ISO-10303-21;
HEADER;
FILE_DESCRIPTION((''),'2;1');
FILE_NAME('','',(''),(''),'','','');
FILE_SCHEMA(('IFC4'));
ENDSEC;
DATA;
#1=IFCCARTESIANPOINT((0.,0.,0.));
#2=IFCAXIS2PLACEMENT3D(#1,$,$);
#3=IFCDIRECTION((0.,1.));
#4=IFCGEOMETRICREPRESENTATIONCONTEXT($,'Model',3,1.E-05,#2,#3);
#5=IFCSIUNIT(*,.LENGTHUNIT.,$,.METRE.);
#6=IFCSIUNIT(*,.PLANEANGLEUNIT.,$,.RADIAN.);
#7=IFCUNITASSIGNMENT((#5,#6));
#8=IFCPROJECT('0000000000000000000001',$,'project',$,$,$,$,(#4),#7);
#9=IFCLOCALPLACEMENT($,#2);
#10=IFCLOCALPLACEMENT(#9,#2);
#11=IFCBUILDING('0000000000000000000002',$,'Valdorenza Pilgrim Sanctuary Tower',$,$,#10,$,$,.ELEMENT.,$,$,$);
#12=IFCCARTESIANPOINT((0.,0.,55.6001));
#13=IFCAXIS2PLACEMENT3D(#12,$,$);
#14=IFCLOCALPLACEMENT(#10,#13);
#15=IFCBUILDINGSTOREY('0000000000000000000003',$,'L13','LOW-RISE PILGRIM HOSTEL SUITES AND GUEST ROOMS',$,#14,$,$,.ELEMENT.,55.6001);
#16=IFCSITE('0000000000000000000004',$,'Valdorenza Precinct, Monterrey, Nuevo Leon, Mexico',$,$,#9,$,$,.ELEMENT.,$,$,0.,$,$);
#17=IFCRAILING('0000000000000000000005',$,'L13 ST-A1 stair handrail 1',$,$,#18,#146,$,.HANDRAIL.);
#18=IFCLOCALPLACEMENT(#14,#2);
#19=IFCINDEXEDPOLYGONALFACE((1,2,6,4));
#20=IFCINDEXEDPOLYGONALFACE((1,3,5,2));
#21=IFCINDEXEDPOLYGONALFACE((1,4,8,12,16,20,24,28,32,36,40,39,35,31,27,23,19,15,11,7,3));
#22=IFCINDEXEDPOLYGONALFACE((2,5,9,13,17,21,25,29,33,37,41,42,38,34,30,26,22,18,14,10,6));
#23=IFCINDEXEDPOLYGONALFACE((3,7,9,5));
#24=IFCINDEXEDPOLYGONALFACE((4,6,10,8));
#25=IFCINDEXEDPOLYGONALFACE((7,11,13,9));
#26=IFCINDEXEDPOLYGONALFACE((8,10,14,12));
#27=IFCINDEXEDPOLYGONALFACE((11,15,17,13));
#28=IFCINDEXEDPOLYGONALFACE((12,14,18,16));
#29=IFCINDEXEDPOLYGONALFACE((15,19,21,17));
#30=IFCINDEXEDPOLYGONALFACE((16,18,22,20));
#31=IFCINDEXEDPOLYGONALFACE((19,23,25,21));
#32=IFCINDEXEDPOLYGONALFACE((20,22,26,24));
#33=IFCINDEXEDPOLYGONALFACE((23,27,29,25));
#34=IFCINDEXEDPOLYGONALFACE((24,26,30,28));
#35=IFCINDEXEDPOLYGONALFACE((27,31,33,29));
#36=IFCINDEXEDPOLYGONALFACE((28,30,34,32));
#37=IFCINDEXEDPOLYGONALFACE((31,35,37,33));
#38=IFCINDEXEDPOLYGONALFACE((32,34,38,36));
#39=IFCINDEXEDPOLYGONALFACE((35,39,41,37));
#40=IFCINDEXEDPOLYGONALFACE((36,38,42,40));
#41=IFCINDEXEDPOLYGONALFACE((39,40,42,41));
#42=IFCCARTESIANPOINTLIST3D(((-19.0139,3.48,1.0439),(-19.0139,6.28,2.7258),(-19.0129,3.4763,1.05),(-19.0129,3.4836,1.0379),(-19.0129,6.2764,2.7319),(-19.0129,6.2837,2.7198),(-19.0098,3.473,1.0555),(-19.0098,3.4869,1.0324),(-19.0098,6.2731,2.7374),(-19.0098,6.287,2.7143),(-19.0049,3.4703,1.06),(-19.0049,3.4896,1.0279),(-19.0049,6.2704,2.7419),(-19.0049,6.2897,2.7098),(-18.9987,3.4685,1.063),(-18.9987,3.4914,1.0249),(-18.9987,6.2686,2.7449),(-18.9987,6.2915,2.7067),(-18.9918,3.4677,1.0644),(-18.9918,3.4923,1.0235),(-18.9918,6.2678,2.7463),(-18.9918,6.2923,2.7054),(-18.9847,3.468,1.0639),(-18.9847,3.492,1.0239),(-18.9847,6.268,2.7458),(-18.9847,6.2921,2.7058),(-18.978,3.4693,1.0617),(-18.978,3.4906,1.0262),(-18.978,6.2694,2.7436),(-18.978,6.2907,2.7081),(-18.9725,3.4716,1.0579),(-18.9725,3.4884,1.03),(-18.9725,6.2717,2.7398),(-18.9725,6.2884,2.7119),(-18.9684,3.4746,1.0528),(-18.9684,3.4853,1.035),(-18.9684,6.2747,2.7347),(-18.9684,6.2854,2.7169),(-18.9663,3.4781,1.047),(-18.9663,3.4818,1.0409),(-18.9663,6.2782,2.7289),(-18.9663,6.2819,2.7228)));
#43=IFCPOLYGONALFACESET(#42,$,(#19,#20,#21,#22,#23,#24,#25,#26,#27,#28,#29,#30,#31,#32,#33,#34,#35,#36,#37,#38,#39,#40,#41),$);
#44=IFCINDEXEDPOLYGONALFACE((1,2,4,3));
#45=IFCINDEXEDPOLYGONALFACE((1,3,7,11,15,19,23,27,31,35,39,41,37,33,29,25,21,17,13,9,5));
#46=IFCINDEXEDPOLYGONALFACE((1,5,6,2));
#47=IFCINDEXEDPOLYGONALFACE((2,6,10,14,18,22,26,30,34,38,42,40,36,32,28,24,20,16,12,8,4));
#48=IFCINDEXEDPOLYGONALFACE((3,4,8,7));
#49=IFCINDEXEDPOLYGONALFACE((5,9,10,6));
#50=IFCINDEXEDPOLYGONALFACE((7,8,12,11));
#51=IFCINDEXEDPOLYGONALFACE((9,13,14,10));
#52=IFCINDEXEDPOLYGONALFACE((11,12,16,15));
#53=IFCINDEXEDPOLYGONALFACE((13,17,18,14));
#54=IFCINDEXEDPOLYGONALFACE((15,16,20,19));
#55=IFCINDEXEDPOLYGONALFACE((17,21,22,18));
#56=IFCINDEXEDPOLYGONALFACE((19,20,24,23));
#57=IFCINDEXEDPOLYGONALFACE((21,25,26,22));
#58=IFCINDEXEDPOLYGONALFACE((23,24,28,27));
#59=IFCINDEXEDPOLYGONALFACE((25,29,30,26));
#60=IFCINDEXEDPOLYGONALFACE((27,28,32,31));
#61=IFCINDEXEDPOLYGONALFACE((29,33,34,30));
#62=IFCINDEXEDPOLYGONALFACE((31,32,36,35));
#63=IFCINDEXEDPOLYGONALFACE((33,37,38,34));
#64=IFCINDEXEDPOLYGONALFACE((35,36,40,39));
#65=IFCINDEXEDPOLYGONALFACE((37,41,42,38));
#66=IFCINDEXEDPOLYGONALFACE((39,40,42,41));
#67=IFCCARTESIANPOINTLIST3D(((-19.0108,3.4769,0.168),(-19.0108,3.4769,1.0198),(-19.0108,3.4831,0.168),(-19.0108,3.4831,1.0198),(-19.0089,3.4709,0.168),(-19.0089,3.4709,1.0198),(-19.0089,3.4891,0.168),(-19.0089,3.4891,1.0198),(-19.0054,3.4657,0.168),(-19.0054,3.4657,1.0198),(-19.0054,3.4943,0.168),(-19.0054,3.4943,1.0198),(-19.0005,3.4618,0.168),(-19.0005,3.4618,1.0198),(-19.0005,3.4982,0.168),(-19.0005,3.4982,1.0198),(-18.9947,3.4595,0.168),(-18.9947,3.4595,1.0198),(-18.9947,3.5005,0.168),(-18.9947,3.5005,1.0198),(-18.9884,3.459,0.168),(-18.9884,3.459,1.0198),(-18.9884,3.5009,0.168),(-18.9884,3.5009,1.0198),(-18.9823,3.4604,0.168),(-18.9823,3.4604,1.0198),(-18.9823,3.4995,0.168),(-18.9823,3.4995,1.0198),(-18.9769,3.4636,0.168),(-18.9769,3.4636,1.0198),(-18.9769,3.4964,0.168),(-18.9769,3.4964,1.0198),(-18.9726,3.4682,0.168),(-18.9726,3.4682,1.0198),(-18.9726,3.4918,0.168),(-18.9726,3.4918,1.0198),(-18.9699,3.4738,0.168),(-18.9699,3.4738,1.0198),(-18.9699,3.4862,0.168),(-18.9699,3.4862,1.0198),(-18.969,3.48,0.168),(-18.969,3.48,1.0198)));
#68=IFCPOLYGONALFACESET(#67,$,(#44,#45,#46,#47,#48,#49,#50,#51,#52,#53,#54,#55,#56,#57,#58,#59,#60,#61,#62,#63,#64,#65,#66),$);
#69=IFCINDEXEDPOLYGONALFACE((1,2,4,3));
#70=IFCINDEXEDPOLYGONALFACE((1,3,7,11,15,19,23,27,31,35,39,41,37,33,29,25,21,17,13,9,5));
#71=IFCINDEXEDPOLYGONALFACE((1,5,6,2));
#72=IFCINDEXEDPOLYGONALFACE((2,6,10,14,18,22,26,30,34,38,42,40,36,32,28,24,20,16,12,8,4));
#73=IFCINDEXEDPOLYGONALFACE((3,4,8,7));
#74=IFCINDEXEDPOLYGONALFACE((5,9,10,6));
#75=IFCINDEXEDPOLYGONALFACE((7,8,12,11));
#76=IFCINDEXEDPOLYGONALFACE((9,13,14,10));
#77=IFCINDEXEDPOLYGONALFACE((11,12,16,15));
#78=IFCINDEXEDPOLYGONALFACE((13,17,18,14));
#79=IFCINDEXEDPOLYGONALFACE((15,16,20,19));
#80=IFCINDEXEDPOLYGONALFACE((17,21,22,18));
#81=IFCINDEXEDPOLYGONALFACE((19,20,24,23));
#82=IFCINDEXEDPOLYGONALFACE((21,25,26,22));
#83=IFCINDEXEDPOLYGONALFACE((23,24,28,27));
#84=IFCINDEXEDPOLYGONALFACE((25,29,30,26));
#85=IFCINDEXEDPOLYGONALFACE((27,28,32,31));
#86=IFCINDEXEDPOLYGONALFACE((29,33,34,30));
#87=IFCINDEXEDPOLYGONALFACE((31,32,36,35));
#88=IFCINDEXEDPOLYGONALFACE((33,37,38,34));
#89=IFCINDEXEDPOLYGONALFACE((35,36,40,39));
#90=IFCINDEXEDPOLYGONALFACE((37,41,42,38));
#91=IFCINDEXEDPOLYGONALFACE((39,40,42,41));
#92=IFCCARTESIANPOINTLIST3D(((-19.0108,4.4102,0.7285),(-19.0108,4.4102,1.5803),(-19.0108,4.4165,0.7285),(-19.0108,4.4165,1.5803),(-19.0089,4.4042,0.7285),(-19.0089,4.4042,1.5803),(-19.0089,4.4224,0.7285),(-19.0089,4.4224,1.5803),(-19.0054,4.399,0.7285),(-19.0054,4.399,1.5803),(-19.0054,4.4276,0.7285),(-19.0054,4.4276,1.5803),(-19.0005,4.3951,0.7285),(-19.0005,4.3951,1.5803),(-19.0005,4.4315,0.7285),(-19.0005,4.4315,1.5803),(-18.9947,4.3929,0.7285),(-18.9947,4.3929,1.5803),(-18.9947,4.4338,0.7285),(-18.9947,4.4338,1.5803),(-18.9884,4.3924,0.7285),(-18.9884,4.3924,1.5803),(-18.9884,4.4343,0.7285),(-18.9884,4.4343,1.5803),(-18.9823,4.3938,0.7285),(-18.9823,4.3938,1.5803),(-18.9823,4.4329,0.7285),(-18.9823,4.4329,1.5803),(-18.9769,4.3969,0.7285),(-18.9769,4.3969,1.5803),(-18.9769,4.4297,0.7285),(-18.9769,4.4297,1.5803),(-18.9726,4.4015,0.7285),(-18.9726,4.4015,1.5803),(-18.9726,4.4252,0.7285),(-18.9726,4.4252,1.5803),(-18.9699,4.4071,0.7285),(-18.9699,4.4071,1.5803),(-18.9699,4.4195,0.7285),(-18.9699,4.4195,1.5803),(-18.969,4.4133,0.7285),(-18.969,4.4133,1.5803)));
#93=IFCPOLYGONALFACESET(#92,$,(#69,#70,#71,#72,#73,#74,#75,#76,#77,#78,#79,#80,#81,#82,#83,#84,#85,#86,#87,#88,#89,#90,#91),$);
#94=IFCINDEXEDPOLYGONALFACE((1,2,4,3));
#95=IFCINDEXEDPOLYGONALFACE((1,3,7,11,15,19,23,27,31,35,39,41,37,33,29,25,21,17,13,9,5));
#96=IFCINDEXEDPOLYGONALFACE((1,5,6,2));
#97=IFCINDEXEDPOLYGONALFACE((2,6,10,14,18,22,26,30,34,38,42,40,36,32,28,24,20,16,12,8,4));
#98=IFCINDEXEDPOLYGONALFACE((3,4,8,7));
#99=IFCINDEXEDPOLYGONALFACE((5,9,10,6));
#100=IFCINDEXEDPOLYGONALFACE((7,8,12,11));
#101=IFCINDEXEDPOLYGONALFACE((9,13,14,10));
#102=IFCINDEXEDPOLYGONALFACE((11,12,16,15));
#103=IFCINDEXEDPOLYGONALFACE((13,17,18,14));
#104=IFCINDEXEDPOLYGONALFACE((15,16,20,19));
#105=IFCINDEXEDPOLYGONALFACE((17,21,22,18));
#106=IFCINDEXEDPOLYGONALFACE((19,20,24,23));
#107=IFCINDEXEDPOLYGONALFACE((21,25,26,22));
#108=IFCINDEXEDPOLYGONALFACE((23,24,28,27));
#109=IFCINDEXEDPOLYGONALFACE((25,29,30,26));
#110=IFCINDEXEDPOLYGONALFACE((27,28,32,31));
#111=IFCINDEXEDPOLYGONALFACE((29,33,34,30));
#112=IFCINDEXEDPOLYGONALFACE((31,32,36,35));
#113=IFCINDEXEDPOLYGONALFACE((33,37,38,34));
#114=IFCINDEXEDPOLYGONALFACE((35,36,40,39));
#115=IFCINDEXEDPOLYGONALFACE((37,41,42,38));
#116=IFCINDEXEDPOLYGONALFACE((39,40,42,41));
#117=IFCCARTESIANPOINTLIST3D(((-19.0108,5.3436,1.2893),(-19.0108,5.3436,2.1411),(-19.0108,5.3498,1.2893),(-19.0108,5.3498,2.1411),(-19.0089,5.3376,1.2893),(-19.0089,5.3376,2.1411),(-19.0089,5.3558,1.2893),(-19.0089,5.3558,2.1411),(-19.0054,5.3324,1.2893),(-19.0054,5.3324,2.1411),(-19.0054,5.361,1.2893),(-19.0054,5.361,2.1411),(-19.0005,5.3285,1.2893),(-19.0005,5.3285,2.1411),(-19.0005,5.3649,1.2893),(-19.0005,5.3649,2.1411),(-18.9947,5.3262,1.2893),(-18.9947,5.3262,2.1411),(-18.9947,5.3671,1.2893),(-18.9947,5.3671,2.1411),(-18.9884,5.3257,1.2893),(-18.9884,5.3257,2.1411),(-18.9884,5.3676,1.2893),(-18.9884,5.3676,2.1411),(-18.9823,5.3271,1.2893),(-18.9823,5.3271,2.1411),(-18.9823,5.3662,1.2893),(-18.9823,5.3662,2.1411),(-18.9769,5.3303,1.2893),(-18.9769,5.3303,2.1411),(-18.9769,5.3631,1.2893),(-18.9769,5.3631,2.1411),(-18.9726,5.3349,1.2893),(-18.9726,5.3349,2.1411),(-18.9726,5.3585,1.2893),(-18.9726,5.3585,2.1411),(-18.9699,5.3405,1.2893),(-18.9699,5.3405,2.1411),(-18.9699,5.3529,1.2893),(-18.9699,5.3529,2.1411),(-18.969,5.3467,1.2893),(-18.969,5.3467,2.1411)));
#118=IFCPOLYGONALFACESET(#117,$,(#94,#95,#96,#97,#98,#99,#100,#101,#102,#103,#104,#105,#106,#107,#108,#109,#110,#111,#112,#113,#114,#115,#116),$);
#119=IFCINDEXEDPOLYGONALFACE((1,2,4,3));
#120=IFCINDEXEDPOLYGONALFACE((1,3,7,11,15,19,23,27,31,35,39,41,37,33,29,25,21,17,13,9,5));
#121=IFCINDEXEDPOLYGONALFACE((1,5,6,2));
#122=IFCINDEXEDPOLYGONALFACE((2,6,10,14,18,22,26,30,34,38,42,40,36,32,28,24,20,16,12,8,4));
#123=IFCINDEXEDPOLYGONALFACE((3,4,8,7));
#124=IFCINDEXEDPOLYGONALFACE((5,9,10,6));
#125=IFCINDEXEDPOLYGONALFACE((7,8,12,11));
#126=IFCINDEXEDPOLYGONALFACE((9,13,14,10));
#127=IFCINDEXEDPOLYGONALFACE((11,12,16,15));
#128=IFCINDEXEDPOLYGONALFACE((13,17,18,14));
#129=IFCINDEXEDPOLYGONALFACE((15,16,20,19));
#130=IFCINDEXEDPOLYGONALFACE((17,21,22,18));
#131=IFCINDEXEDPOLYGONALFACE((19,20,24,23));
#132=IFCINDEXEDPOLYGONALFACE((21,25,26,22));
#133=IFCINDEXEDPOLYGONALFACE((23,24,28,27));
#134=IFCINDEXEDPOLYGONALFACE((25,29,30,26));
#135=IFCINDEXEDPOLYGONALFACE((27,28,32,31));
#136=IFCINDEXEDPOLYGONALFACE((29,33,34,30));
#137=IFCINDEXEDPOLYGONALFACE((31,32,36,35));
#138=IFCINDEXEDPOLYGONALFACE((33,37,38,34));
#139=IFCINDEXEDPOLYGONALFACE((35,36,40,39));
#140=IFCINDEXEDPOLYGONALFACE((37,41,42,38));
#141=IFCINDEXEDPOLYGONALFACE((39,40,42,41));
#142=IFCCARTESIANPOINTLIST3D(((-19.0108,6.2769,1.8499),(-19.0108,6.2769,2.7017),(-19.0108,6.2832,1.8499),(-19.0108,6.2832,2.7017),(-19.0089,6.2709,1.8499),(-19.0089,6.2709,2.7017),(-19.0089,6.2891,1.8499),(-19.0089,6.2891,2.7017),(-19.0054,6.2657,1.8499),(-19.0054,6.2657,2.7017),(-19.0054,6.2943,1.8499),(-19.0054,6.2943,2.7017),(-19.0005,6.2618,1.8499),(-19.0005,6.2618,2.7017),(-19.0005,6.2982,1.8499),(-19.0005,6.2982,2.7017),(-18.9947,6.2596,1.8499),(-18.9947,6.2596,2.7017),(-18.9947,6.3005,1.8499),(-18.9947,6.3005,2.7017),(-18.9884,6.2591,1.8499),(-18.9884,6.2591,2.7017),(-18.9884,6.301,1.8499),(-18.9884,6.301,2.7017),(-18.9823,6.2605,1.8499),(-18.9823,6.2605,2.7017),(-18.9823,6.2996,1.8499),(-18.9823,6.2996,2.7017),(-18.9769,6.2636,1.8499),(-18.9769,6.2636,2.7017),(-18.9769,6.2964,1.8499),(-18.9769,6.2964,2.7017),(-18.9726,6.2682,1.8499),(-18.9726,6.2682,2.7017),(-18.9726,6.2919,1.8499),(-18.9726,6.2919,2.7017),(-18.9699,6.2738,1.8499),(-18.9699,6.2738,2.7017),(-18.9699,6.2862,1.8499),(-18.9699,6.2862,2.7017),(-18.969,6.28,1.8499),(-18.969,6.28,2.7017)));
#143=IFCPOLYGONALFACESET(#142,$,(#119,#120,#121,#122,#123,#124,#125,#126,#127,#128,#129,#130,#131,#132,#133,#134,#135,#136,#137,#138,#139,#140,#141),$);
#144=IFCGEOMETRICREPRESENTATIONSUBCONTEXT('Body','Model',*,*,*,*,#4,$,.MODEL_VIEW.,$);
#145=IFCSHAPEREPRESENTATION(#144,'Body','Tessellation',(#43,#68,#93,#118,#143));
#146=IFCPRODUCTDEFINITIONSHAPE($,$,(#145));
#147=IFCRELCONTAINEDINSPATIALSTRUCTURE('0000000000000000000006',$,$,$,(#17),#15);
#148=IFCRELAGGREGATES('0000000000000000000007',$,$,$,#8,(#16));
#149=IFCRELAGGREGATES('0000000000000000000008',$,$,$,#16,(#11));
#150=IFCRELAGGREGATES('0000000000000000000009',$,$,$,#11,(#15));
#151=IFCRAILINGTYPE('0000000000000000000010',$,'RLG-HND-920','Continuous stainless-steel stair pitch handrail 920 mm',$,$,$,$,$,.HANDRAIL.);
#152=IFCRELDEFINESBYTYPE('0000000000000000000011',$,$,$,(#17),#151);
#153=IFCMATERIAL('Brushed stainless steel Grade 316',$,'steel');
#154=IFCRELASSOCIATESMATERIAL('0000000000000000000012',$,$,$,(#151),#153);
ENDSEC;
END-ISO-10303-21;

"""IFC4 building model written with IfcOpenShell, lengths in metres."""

from ifc_helpers import new_model, si_unit, direction, frame, origin, origin_2d, place, context, subcontext, project, spatial, circle, extrude, material, type_object, element, save


model = new_model("IFC4")

# Units and contexts
model_context = context("Model", 3, precision=1e-05, world=origin(), true_north=direction((0.0, 1.0)))
body_context = subcontext(model_context, "Body", "Model", "MODEL_VIEW")
ifc_project = project(units=[si_unit("LENGTHUNIT", "METRE"), si_unit("PLANEANGLEUNIT", "RADIAN")], contexts=[model_context])

# Site, building, storey
site_placement = place(None, origin())
site = spatial("IfcSite", under=ifc_project, at=site_placement, Name="Valdorenza Precinct, Monterrey, Nuevo Leon, Mexico", CompositionType="ELEMENT", RefElevation=0.0)
building_placement = place(site_placement, origin())
building = spatial("IfcBuilding", under=site, at=building_placement, Name="Valdorenza Pilgrim Sanctuary Tower", CompositionType="ELEMENT")
storey_placement = place(building_placement, frame((0.0, 0.0, 55.6001)))
storey = spatial("IfcBuildingStorey", under=building, at=storey_placement, Name="L13", Description="LOW-RISE PILGRIM HOSTEL SUITES AND GUEST ROOMS", CompositionType="ELEMENT", Elevation=55.6001)

# Shared definitions
ifc_material_1 = material(Name="Brushed stainless steel Grade 316", Category="steel")

# Railing
railing_type_1 = type_object("IfcRailingType", Name="RLG-HND-920", Description="Continuous stainless-steel stair pitch handrail 920 mm", PredefinedType="HANDRAIL", material=ifc_material_1)
railing_1_placement = place(storey_placement, frame((-18.99, 3.48, 0.168)))
element("IfcRailing", 1, at=railing_1_placement, inside=storey, type_object=railing_type_1, Name="L13 ST-A1 stair handrail 1", PredefinedType="HANDRAIL", context=body_context, shape_type="SweptSolid", body=[
    extrude(circle(Radius=0.0239, at=origin_2d()), frame((0.0, 0.0, 0.876), z_axis=(0.0, 0.857242, 0.514913), x_axis=(-1.0, 0.0, 0.0)), (0.0, 0.0, 1.0), 3.2664),
    extrude(circle(Radius=0.021, at=origin_2d()), origin(), (0.0, 0.0, 1.0), 0.8518),
    extrude(circle(Radius=0.021, at=origin_2d()), frame((0.0, 0.9333, 0.5605)), (0.0, 0.0, 1.0), 0.8518),
    extrude(circle(Radius=0.021, at=origin_2d()), frame((0.0, 1.8667, 1.1213)), (0.0, 0.0, 1.0), 0.8518),
    extrude(circle(Radius=0.021, at=origin_2d()), frame((0.0, 2.8, 1.6819)), (0.0, 0.0, 1.0), 0.8518),
])

save(model, "model.ifc")
